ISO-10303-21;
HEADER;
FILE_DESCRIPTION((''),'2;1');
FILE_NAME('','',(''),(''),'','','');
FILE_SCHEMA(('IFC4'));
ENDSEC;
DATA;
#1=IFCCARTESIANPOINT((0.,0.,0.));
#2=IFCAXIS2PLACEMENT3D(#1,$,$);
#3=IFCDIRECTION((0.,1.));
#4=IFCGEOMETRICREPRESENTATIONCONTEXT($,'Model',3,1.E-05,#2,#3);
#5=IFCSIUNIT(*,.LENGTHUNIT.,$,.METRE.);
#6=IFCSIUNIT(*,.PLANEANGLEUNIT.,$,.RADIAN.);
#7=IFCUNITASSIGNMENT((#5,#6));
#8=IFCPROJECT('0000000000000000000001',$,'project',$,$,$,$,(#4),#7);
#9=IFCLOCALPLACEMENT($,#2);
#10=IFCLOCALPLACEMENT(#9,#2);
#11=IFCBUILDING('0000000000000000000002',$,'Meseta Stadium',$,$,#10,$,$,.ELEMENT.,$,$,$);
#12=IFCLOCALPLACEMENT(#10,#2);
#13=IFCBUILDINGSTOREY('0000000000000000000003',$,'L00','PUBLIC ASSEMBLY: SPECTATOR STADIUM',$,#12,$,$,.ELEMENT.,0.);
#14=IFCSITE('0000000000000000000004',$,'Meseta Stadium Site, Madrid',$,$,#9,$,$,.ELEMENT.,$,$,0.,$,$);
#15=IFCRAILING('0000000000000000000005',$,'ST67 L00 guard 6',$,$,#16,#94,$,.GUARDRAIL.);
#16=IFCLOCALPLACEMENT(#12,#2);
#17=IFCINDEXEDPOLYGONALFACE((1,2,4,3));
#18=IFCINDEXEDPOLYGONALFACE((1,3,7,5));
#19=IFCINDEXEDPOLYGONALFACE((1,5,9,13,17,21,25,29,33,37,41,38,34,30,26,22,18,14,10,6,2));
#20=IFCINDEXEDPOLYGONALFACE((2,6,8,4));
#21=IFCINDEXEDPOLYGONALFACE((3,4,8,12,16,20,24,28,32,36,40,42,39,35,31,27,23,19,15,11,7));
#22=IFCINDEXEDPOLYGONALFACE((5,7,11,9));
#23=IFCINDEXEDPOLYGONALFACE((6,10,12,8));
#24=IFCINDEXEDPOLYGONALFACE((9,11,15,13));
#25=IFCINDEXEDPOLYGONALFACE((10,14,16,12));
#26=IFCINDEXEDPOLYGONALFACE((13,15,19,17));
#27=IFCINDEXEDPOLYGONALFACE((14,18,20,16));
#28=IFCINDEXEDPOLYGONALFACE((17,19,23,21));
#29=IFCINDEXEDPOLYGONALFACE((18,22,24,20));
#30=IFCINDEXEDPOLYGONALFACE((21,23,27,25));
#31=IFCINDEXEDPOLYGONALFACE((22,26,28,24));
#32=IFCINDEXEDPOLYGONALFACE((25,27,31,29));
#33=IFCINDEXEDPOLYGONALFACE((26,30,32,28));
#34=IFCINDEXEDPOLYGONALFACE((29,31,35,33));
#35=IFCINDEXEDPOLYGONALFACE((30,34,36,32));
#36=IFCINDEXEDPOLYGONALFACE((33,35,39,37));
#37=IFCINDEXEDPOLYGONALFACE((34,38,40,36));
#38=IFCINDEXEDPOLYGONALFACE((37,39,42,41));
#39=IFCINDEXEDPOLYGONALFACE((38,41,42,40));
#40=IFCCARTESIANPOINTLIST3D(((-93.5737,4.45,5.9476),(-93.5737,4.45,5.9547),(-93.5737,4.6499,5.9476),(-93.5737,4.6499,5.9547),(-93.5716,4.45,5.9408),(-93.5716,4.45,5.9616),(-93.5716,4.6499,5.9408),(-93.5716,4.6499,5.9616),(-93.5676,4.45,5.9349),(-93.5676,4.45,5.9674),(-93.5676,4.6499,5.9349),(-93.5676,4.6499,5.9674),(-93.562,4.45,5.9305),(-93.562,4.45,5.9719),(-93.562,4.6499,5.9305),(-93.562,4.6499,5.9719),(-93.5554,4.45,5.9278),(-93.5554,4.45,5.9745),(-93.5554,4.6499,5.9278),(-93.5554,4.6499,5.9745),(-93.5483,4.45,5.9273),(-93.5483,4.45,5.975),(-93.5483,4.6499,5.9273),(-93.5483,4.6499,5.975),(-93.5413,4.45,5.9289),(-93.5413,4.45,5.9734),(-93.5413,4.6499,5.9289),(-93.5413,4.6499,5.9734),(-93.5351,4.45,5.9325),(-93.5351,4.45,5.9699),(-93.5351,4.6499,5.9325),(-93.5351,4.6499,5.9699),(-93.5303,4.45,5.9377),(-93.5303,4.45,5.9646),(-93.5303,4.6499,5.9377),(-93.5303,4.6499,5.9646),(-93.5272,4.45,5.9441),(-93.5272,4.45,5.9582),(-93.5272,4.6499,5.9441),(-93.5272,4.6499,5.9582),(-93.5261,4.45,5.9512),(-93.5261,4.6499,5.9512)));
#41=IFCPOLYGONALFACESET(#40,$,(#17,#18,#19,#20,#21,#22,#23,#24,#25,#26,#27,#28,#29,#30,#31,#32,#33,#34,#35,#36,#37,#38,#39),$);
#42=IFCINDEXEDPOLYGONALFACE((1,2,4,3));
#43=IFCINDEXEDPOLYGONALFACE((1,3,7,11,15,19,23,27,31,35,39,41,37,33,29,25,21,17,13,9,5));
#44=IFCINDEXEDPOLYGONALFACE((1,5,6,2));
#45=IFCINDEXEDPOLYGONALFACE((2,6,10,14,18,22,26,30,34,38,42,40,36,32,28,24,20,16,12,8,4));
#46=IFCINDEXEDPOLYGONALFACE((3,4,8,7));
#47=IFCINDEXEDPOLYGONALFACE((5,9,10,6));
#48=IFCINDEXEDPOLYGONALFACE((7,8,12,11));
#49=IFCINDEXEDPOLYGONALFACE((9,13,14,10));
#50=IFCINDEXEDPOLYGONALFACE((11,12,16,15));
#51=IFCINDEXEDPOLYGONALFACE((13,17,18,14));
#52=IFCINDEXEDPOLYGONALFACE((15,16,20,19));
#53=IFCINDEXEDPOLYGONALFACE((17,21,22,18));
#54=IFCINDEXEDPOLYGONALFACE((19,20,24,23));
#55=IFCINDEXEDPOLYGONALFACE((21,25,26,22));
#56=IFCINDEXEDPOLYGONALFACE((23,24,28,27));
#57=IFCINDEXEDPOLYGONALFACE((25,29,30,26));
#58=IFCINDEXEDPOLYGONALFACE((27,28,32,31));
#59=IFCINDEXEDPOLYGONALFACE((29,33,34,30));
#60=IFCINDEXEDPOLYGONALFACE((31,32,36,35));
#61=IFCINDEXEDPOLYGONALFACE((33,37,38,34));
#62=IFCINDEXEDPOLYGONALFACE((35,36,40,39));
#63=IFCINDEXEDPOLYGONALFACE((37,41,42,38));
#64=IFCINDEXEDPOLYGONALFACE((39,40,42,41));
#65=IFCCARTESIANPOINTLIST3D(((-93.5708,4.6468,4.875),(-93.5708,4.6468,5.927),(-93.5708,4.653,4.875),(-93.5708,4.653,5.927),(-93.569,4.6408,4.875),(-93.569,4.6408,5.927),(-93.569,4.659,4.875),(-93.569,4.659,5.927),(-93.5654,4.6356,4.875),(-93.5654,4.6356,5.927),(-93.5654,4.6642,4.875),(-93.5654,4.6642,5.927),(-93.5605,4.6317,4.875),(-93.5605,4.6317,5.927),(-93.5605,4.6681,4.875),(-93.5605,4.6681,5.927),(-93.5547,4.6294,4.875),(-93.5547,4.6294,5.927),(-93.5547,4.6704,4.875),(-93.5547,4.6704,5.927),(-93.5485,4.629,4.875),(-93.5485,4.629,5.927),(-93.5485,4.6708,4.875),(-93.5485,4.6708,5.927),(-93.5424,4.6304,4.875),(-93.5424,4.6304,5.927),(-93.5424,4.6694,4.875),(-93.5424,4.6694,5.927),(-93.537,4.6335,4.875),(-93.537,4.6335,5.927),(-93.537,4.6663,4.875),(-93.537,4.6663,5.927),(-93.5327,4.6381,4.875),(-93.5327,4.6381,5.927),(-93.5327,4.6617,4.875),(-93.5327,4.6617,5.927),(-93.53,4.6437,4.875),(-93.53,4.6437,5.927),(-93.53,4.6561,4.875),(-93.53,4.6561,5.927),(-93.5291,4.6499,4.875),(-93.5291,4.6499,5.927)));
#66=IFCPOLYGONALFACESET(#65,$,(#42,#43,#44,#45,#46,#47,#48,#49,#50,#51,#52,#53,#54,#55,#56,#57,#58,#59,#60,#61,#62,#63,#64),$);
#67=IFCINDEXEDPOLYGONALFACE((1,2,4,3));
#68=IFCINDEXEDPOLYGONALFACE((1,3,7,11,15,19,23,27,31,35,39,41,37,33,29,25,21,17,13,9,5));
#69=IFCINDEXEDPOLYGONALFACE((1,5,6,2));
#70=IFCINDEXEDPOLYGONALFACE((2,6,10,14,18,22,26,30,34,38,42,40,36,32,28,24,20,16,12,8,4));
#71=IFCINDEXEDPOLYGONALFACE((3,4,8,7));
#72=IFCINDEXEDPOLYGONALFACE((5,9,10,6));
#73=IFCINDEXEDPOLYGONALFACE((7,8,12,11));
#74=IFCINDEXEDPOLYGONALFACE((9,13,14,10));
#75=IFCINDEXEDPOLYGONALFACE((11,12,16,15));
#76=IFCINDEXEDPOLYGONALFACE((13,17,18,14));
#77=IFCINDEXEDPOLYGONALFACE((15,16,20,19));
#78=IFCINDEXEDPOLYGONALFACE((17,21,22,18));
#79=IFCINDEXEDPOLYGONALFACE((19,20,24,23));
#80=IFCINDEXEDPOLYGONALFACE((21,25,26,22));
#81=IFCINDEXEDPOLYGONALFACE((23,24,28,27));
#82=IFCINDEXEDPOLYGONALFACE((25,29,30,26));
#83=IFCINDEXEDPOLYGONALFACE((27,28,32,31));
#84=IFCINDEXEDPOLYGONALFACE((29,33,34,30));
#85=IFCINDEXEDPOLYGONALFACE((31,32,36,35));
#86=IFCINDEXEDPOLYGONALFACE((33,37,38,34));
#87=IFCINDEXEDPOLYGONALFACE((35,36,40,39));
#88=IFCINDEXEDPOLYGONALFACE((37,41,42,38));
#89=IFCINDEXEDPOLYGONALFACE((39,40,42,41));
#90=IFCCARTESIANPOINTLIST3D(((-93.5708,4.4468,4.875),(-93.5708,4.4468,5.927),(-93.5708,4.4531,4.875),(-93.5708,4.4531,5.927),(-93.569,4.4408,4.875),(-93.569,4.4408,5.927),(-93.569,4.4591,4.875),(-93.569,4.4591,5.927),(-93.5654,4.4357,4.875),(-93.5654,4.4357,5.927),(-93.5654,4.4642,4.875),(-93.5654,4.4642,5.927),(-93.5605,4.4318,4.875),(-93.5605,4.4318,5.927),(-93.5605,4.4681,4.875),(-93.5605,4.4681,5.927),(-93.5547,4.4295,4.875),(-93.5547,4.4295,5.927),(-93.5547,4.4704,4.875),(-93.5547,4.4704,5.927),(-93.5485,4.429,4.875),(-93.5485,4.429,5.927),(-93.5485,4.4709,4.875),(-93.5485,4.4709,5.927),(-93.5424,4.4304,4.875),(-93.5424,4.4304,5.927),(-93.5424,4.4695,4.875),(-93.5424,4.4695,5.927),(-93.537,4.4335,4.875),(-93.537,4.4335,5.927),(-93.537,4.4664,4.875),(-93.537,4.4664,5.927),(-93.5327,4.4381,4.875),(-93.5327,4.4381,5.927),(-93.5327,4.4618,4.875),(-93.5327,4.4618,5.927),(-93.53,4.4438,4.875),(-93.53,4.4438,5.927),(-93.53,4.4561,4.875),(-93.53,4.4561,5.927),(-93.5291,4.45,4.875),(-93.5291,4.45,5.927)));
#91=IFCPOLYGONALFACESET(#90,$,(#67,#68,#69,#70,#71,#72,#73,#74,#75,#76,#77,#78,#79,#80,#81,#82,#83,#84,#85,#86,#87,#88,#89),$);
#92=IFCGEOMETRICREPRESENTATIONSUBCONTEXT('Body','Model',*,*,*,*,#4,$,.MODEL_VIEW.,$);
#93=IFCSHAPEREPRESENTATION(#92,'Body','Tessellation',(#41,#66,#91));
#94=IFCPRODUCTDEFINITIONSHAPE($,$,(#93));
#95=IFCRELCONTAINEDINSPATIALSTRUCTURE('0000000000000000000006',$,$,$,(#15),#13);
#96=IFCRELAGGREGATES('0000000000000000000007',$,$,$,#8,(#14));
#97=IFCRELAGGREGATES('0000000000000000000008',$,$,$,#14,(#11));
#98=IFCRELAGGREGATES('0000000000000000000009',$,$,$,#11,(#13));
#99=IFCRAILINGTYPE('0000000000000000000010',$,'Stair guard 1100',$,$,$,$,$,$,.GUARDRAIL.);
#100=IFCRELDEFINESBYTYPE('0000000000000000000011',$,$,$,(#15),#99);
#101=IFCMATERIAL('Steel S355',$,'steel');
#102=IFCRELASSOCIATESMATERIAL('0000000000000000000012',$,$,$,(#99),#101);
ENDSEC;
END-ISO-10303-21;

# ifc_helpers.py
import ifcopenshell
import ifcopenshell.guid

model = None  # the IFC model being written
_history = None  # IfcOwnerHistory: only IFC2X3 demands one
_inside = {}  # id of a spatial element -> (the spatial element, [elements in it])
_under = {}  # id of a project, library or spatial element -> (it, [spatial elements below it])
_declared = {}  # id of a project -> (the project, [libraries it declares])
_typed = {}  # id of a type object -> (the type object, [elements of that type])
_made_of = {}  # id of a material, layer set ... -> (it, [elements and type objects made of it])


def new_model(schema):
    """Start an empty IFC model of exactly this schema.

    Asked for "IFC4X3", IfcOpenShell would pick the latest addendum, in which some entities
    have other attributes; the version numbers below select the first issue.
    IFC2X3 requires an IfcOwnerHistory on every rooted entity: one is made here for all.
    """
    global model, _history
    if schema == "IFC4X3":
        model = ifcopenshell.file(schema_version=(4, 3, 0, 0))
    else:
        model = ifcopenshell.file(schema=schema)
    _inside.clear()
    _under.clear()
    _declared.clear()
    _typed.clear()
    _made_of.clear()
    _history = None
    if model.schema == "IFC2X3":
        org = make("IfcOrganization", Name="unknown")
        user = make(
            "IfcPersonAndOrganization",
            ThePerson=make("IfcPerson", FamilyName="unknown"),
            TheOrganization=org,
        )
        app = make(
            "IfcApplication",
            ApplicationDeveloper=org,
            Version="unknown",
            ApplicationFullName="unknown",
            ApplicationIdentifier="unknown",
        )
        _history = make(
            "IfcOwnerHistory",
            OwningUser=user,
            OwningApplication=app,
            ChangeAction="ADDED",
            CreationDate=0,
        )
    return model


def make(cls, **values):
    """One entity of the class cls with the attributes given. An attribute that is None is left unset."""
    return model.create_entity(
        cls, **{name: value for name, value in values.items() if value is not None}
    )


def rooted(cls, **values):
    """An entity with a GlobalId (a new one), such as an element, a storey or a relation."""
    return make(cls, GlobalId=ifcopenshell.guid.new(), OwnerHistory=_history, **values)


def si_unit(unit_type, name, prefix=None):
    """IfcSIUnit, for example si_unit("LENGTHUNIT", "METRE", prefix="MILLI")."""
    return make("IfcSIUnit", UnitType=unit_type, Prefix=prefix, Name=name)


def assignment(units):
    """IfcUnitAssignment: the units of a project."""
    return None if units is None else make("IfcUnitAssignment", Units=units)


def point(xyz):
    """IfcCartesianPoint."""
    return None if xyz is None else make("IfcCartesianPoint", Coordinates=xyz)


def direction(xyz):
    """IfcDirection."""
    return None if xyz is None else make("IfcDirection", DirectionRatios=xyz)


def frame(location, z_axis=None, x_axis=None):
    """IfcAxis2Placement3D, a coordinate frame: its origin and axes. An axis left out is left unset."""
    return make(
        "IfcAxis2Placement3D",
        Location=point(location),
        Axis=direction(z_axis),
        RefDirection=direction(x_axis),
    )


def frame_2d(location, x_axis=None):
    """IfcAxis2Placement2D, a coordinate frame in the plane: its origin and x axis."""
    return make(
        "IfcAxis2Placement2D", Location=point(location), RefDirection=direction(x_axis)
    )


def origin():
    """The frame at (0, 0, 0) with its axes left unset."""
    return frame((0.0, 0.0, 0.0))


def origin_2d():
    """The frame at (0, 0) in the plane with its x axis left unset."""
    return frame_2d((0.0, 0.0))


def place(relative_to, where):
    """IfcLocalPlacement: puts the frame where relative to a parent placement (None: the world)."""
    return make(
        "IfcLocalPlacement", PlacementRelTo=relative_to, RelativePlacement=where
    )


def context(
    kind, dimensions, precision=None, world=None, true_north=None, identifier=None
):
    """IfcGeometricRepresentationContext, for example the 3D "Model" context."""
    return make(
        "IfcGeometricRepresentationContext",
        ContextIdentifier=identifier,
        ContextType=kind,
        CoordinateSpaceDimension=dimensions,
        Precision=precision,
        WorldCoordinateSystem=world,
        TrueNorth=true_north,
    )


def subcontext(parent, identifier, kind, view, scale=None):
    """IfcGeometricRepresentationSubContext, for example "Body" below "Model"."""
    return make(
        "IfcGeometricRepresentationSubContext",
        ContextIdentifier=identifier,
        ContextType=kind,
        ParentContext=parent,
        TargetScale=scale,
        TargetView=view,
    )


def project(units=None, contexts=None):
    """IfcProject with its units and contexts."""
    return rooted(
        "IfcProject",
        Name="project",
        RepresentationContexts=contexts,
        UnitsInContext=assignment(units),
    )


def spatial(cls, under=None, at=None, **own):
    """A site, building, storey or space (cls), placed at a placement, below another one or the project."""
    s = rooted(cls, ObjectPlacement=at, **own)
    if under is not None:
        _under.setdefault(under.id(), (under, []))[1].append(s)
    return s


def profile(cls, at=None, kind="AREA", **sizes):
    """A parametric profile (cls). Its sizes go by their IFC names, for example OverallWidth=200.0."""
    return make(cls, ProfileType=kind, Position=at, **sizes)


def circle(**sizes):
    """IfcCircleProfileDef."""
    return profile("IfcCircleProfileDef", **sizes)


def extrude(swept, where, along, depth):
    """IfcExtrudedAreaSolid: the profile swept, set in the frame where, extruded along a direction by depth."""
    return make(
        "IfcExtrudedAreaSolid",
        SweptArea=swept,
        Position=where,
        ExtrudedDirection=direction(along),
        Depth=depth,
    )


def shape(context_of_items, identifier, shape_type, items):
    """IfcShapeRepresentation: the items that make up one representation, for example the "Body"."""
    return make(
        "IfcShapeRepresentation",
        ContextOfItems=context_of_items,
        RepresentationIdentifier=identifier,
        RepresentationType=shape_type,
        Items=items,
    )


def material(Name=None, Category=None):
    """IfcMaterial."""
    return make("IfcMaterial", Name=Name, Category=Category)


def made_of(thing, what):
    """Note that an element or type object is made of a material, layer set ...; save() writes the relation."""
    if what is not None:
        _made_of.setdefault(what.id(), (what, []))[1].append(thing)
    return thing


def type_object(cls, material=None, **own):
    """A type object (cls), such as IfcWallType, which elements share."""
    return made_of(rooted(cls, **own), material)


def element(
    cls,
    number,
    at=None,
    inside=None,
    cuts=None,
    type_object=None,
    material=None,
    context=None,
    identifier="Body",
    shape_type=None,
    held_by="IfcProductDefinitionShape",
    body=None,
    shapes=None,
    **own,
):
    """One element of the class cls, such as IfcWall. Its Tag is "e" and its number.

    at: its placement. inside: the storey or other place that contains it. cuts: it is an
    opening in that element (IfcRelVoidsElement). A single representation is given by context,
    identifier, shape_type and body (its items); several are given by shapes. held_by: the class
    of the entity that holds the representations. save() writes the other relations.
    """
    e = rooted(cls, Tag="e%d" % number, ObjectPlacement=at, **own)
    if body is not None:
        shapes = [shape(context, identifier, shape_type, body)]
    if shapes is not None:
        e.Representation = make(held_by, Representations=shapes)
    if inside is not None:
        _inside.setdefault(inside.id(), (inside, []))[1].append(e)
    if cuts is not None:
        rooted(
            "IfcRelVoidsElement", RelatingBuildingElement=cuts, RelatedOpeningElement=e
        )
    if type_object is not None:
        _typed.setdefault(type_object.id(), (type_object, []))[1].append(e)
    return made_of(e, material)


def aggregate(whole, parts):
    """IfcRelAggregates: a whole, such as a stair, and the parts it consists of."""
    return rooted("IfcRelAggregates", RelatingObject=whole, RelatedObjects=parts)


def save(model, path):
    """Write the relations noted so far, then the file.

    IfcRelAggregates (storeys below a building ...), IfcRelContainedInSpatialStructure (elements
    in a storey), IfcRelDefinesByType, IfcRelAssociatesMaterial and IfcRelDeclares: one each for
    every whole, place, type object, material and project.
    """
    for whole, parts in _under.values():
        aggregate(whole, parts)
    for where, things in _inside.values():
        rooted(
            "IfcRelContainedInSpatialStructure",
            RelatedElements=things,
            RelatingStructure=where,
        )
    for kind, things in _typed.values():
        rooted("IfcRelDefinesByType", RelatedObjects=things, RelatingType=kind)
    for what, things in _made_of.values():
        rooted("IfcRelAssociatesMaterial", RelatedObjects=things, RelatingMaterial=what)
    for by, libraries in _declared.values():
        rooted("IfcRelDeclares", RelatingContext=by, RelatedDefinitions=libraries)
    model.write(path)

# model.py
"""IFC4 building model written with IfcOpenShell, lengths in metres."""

from ifc_helpers import new_model, si_unit, direction, frame, origin, origin_2d, place, context, subcontext, project, spatial, circle, extrude, material, type_object, element, save


model = new_model("IFC4")

# Units and contexts
model_context = context("Model", 3, precision=1e-05, world=origin(), true_north=direction((0.0, 1.0)))
body_context = subcontext(model_context, "Body", "Model", "MODEL_VIEW")
ifc_project = project(units=[si_unit("LENGTHUNIT", "METRE"), si_unit("PLANEANGLEUNIT", "RADIAN")], contexts=[model_context])

# Site, building, storey
site_placement = place(None, origin())
site = spatial("IfcSite", under=ifc_project, at=site_placement, Name="Meseta Stadium Site, Madrid", CompositionType="ELEMENT", RefElevation=0.0)
building_placement = place(site_placement, origin())
building = spatial("IfcBuilding", under=site, at=building_placement, Name="Meseta Stadium", CompositionType="ELEMENT")
storey_placement = place(building_placement, origin())
storey = spatial("IfcBuildingStorey", under=building, at=storey_placement, Name="L00", Description="PUBLIC ASSEMBLY: SPECTATOR STADIUM", CompositionType="ELEMENT", Elevation=0.0)

# Railing
ifc_material_1 = material(Name="Steel S355", Category="steel")
railing_type_1 = type_object("IfcRailingType", Name="Stair guard 1100", PredefinedType="GUARDRAIL", material=ifc_material_1)
railing_1_placement = place(storey_placement, frame((-93.55, 4.6499, 4.875)))
element("IfcRailing", 1, at=railing_1_placement, inside=storey, type_object=railing_type_1, Name="ST67 L00 guard 6", PredefinedType="GUARDRAIL", context=body_context, shape_type="SweptSolid", body=[
    extrude(circle(Radius=0.0239, at=origin_2d()), frame((0.0, 0.0, 1.0762), z_axis=(0.0, -1.0, 0.0), x_axis=(1.0, 0.0, 0.0)), (0.0, 0.0, 1.0), 0.2),
    extrude(circle(Radius=0.021, at=origin_2d()), origin(), (0.0, 0.0, 1.0), 1.052),
    extrude(circle(Radius=0.021, at=origin_2d()), frame((0.0, -0.2, 0.0)), (0.0, 0.0, 1.0), 1.052),
])

save(model, "model.ifc")
